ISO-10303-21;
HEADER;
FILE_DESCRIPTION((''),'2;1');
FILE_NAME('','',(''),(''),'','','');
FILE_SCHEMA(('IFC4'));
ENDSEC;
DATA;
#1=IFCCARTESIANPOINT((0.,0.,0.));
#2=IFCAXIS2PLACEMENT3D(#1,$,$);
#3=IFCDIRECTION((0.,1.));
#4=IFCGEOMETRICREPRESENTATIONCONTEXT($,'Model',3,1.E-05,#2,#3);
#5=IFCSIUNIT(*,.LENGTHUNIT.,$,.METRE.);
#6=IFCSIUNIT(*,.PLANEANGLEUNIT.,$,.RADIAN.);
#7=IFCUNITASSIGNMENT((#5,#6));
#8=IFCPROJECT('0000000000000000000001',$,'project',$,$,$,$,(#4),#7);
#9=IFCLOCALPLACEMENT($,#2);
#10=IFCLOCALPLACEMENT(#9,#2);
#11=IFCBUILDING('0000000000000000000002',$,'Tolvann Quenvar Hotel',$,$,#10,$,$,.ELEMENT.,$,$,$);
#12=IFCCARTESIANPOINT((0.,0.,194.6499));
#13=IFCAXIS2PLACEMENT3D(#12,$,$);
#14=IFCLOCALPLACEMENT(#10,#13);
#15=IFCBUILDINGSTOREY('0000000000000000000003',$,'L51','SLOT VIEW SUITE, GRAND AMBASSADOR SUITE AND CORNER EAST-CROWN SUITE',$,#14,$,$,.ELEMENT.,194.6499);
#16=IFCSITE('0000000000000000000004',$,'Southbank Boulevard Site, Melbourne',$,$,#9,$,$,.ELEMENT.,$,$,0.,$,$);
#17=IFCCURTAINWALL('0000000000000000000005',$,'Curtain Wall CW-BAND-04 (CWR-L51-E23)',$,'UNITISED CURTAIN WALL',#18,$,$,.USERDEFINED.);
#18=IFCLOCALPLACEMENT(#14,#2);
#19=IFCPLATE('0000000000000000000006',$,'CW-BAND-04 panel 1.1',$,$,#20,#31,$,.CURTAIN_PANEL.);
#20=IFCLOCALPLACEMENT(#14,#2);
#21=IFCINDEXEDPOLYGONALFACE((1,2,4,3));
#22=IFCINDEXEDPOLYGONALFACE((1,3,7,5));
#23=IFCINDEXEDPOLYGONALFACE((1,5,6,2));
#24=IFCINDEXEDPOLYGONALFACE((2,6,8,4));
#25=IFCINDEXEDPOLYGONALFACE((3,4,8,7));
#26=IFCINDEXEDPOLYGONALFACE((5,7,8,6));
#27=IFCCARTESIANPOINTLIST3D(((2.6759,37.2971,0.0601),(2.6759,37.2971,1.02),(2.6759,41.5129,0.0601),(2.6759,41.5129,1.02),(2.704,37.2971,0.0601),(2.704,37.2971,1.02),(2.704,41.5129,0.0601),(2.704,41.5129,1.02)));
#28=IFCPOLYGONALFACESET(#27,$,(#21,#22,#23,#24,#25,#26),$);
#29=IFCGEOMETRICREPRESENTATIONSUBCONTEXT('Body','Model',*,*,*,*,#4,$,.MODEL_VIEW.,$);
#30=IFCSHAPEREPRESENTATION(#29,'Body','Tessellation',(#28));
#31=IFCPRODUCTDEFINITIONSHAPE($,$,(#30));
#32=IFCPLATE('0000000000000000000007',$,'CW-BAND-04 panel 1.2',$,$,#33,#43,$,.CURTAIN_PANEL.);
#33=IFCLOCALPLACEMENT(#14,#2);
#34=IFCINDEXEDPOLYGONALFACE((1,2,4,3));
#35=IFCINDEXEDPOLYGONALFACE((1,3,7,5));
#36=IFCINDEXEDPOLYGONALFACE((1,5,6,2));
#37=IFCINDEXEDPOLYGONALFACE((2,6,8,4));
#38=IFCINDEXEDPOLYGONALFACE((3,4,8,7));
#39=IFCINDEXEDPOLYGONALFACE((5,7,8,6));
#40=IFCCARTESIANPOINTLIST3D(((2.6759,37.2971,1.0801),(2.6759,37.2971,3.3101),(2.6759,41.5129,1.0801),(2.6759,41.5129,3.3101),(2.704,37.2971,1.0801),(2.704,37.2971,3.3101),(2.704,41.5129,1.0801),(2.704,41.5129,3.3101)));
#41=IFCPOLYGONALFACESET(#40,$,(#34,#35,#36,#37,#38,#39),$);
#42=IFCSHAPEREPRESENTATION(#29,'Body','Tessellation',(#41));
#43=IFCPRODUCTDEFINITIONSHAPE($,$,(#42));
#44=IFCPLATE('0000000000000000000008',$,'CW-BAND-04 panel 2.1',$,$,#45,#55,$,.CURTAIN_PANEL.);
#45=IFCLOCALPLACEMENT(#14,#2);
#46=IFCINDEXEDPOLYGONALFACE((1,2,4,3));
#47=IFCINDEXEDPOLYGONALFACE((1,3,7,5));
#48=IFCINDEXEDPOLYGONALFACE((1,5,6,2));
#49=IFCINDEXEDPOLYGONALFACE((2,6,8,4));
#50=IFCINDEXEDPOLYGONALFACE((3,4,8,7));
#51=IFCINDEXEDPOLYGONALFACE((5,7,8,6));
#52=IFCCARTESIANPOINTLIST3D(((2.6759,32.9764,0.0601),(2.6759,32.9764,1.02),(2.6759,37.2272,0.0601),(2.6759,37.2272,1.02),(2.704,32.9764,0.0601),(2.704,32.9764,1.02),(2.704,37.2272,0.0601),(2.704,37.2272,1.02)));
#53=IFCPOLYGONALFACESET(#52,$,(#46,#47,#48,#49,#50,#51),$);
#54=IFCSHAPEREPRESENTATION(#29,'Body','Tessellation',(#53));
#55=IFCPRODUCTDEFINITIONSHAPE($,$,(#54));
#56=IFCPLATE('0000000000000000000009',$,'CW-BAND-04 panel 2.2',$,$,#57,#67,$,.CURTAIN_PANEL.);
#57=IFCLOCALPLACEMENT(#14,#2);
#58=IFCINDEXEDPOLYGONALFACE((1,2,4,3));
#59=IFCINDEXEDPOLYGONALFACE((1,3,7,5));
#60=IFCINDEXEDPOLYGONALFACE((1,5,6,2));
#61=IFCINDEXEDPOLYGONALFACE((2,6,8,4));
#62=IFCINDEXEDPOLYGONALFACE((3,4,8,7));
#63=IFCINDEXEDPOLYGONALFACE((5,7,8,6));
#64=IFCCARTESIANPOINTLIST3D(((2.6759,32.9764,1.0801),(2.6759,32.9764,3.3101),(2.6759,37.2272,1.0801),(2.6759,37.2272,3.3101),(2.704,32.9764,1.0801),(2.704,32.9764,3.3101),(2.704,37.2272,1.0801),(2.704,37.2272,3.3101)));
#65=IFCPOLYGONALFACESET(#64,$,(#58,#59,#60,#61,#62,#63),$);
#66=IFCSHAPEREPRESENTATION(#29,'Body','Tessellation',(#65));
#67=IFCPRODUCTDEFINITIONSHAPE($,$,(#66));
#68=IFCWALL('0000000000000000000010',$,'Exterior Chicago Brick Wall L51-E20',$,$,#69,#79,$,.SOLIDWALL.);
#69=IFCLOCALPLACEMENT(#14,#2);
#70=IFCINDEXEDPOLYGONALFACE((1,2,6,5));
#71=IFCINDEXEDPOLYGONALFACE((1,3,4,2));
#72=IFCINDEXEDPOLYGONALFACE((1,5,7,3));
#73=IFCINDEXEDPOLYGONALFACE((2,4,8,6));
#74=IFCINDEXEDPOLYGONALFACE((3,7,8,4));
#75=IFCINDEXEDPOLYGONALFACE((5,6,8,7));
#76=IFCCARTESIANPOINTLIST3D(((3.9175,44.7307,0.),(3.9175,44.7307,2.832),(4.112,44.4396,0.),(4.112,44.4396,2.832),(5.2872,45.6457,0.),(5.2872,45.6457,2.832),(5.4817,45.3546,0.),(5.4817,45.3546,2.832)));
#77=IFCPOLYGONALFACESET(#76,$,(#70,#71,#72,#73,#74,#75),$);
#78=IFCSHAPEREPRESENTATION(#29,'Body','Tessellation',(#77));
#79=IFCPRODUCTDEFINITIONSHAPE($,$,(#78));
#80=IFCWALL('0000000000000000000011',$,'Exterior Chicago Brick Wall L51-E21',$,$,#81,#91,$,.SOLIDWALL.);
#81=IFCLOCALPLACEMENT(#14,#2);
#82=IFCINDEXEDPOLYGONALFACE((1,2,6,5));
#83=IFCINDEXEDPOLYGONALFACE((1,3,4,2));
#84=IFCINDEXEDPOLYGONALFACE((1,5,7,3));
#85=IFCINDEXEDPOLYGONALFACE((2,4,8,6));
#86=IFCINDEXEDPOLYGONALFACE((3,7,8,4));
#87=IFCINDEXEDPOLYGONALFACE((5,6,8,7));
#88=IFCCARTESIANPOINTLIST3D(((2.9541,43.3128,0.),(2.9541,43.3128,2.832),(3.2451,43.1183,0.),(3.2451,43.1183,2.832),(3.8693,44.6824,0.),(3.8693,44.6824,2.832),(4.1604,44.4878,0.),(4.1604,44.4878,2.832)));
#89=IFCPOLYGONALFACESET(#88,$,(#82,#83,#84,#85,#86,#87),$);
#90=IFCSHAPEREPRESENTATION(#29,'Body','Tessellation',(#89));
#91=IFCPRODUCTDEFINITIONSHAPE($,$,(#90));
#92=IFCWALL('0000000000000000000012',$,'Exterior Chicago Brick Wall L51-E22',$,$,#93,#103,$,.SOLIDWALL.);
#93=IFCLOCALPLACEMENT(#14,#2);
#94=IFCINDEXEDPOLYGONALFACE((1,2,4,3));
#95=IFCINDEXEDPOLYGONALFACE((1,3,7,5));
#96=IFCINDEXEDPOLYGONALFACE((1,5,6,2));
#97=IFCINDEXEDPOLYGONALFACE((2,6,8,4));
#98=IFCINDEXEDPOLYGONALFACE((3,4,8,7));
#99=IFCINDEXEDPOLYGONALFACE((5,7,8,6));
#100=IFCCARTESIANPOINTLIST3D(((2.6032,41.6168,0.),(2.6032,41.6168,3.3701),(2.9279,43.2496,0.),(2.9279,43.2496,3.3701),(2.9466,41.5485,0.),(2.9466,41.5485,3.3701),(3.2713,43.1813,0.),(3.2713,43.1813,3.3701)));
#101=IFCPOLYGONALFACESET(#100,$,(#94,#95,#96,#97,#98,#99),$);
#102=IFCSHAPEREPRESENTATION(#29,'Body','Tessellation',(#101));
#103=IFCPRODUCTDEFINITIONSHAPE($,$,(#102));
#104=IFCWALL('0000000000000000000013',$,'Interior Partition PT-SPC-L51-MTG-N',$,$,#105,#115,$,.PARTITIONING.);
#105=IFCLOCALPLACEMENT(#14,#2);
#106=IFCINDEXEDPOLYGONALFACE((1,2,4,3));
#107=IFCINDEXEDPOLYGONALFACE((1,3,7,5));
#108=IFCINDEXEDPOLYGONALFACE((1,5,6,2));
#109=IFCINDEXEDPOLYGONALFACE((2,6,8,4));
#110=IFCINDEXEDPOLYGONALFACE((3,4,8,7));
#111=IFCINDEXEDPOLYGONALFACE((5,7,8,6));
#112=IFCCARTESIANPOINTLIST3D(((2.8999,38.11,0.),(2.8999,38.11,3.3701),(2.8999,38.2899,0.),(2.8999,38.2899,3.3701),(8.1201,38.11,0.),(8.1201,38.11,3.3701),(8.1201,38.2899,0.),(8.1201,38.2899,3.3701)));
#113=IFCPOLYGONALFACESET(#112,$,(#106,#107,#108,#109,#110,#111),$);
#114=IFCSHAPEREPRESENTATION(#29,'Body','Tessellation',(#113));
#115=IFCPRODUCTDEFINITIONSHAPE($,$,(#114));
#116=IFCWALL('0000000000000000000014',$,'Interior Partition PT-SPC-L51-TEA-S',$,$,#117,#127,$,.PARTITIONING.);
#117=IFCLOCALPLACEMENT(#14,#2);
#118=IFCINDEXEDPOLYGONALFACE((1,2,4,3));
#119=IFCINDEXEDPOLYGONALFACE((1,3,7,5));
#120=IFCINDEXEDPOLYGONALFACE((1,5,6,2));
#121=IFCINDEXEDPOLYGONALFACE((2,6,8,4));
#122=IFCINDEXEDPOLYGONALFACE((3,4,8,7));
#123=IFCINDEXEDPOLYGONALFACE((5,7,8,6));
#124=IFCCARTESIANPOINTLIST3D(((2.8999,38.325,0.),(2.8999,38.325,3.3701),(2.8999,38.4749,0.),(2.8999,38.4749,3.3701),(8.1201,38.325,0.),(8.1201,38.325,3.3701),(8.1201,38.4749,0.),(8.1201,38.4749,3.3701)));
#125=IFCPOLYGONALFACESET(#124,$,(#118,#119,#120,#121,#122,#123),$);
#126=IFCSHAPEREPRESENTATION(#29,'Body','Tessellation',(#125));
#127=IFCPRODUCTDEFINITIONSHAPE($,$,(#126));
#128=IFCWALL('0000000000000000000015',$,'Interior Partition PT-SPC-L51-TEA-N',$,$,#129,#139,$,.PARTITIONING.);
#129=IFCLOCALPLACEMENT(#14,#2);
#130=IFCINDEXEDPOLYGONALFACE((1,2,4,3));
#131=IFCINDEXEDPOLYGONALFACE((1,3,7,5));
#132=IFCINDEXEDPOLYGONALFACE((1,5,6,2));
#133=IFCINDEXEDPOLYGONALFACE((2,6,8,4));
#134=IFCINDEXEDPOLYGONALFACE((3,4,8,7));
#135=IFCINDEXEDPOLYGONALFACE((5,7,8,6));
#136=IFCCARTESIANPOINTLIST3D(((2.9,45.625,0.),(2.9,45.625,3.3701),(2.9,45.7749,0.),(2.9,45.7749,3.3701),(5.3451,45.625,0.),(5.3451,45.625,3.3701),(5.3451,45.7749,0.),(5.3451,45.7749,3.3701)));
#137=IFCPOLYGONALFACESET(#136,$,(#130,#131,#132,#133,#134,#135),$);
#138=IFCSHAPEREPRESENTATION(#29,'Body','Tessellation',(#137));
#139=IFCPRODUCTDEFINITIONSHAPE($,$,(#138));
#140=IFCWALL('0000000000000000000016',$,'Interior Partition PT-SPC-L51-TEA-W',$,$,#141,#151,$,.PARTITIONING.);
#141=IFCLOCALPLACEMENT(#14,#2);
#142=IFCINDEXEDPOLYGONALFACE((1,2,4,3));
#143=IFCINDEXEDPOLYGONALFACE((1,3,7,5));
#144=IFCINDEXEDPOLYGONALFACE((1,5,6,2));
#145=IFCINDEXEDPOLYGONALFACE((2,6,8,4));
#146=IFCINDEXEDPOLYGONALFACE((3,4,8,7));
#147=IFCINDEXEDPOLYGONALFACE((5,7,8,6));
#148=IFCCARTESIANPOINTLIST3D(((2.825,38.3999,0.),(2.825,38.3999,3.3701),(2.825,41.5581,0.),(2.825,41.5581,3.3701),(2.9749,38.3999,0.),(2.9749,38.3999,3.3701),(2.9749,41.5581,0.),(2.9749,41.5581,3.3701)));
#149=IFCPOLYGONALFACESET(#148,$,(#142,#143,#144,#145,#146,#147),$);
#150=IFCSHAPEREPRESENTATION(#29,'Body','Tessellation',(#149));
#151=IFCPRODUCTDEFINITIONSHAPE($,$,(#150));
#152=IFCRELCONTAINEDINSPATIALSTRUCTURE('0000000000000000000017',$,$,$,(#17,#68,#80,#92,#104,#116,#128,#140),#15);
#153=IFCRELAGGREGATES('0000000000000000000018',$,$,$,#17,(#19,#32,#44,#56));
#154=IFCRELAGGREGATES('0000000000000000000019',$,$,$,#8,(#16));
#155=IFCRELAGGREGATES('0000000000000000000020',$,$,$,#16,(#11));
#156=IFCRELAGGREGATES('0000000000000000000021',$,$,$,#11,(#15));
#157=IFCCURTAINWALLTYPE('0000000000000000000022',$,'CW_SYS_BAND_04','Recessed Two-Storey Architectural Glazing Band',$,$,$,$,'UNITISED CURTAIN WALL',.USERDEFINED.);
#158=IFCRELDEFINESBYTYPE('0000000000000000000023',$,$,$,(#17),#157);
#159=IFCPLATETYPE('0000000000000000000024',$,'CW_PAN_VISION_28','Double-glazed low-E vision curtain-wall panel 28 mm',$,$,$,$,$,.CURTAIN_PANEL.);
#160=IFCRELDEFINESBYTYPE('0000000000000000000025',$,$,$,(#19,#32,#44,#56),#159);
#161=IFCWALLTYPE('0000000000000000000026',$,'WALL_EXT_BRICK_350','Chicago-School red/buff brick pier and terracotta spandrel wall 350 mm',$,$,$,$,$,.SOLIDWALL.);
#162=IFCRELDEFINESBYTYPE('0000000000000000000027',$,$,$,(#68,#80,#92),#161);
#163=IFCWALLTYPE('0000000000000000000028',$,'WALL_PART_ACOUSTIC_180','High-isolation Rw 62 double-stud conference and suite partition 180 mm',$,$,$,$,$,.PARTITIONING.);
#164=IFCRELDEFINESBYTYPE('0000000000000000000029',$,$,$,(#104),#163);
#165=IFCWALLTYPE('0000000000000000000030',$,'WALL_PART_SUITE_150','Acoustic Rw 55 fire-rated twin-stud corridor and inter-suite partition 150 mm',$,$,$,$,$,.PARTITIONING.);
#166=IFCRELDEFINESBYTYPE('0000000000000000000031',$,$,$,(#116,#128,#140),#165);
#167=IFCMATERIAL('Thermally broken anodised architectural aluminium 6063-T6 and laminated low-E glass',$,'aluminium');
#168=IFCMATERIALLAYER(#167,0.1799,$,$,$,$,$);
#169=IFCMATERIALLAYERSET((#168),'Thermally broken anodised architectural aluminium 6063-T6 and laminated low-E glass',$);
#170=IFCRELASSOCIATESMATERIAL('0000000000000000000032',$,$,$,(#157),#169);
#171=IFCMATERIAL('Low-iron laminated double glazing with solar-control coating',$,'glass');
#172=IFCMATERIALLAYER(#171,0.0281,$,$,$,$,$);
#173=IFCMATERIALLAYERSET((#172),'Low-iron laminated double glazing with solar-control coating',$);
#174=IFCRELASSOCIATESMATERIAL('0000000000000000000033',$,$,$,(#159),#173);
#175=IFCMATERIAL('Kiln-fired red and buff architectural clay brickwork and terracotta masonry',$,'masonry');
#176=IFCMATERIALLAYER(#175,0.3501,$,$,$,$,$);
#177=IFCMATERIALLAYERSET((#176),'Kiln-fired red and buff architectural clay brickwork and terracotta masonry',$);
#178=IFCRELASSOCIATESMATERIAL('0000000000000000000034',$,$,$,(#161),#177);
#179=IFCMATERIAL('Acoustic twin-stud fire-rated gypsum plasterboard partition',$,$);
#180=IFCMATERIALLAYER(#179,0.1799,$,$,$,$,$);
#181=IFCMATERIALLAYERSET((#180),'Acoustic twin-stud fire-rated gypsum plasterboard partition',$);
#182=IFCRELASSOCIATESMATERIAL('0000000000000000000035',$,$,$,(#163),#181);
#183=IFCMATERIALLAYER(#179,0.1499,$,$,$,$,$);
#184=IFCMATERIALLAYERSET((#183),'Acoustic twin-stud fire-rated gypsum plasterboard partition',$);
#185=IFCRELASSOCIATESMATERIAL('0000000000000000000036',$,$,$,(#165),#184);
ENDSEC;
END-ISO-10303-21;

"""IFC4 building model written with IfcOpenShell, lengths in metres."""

from ifc_helpers import new_model, si_unit, direction, frame, frame_2d, origin, origin_2d, place, context, subcontext, project, spatial, rectangle, extrude, source, transform, mapped, material, layer, layer_set, type_object, type_shapes, element, aggregate, save


model = new_model("IFC4")

# Units and contexts
model_context = context("Model", 3, precision=1e-05, world=origin(), true_north=direction((0.0, 1.0)))
body_context = subcontext(model_context, "Body", "Model", "MODEL_VIEW")
ifc_project = project(units=[si_unit("LENGTHUNIT", "METRE"), si_unit("PLANEANGLEUNIT", "RADIAN")], contexts=[model_context])

# Site, building, storey
site_placement = place(None, origin())
site = spatial("IfcSite", under=ifc_project, at=site_placement, Name="Southbank Boulevard Site, Melbourne", CompositionType="ELEMENT", RefElevation=0.0)
building_placement = place(site_placement, origin())
building = spatial("IfcBuilding", under=site, at=building_placement, Name="Tolvann Quenvar Hotel", CompositionType="ELEMENT")
storey_placement = place(building_placement, frame((0.0, 0.0, 194.6499)))
storey = spatial("IfcBuildingStorey", under=building, at=storey_placement, Name="L51", Description="SLOT VIEW SUITE, GRAND AMBASSADOR SUITE AND CORNER EAST-CROWN SUITE", CompositionType="ELEMENT", Elevation=194.6499)

# Curtain wall, plates
ifc_material_1 = material(Name="Thermally broken anodised architectural aluminium 6063-T6 and laminated low-E glass", Category="aluminium")
ifc_layer_1 = layer(ifc_material_1, 0.1799)
ifc_layer_set_1 = layer_set([ifc_layer_1], Name="Thermally broken anodised architectural aluminium 6063-T6 and laminated low-E glass")
curtain_wall_type = type_object("IfcCurtainWallType", Name="CW_SYS_BAND_04", Description="Recessed Two-Storey Architectural Glazing Band", ElementType="UNITISED CURTAIN WALL", PredefinedType="USERDEFINED", material=ifc_layer_set_1)
curtain_wall_placement = place(storey_placement, origin())
curtain_wall = element("IfcCurtainWall", 1, at=curtain_wall_placement, inside=storey, type_object=curtain_wall_type, Name="Curtain Wall CW-BAND-04 (CWR-L51-E23)", ObjectType="UNITISED CURTAIN WALL", PredefinedType="USERDEFINED")
ifc_material_2 = material(Name="Low-iron laminated double glazing with solar-control coating", Category="glass")
ifc_layer_2 = layer(ifc_material_2, 0.0281)
ifc_layer_set_2 = layer_set([ifc_layer_2], Name="Low-iron laminated double glazing with solar-control coating")
plate_type = type_object("IfcPlateType", Name="CW_PAN_VISION_28", Description="Double-glazed low-E vision curtain-wall panel 28 mm", PredefinedType="CURTAIN_PANEL", material=ifc_layer_set_2)
shared_shape_1 = source(origin(), body_context, "Body", "SweptSolid", [
    extrude(rectangle(XDim=4.2158, YDim=0.0281, at=origin_2d()), origin(), (0.0, 0.0, 1.0), 0.96),
])
plate_1_placement = place(storey_placement, frame((2.6899, 39.405, 0.0601), z_axis=(0.0, 0.0, 1.0), x_axis=(0.0, -1.0, 0.0)))
plate_1 = element("IfcPlate", 2, at=plate_1_placement, type_object=plate_type, Name="CW-BAND-04 panel 1.1", PredefinedType="CURTAIN_PANEL", context=body_context, shape_type="MappedRepresentation", body=[
    mapped(shared_shape_1, transform((0.0, 0.0, 0.0), x_axis=(1.0, 0.0, 0.0), y_axis=(0.0, 1.0, 0.0), z_axis=(0.0, 0.0, 1.0), scale=1.0)),
])
shared_shape_2 = source(origin(), body_context, "Body", "SweptSolid", [
    extrude(rectangle(XDim=4.2158, YDim=0.0281, at=origin_2d()), origin(), (0.0, 0.0, 1.0), 2.23),
])
plate_2_placement = place(storey_placement, frame((2.6899, 39.405, 1.0801), z_axis=(0.0, 0.0, 1.0), x_axis=(0.0, -1.0, 0.0)))
plate_2 = element("IfcPlate", 3, at=plate_2_placement, type_object=plate_type, Name="CW-BAND-04 panel 1.2", PredefinedType="CURTAIN_PANEL", context=body_context, shape_type="MappedRepresentation", body=[
    mapped(shared_shape_2, transform((0.0, 0.0, 0.0), x_axis=(1.0, 0.0, 0.0), y_axis=(0.0, 1.0, 0.0), z_axis=(0.0, 0.0, 1.0), scale=1.0)),
])
shared_shape_3 = source(origin(), body_context, "Body", "SweptSolid", [
    extrude(rectangle(XDim=4.2507, YDim=0.0281, at=origin_2d()), origin(), (0.0, 0.0, 1.0), 0.96),
])
plate_3_placement = place(storey_placement, frame((2.6899, 35.1018, 0.0601), z_axis=(0.0, 0.0, 1.0), x_axis=(0.0, -1.0, 0.0)))
plate_3 = element("IfcPlate", 4, at=plate_3_placement, type_object=plate_type, Name="CW-BAND-04 panel 2.1", PredefinedType="CURTAIN_PANEL", context=body_context, shape_type="MappedRepresentation", body=[
    mapped(shared_shape_3, transform((0.0, 0.0, 0.0), x_axis=(1.0, 0.0, 0.0), y_axis=(0.0, 1.0, 0.0), z_axis=(0.0, 0.0, 1.0), scale=1.0)),
])
shared_shape_4 = source(origin(), body_context, "Body", "SweptSolid", [
    extrude(rectangle(XDim=4.2507, YDim=0.0281, at=origin_2d()), origin(), (0.0, 0.0, 1.0), 2.23),
])
type_shapes(plate_type, [shared_shape_1, shared_shape_2, shared_shape_3, shared_shape_4])
plate_4_placement = place(storey_placement, frame((2.6899, 35.1018, 1.0801), z_axis=(0.0, 0.0, 1.0), x_axis=(0.0, -1.0, 0.0)))
plate_4 = element("IfcPlate", 5, at=plate_4_placement, type_object=plate_type, Name="CW-BAND-04 panel 2.2", PredefinedType="CURTAIN_PANEL", context=body_context, shape_type="MappedRepresentation", body=[
    mapped(shared_shape_4, transform((0.0, 0.0, 0.0), x_axis=(1.0, 0.0, 0.0), y_axis=(0.0, 1.0, 0.0), z_axis=(0.0, 0.0, 1.0), scale=1.0)),
])
aggregate(curtain_wall, [plate_1, plate_2, plate_3, plate_4])

# Walls
ifc_material_3 = material(Name="Kiln-fired red and buff architectural clay brickwork and terracotta masonry", Category="masonry")
ifc_layer_3 = layer(ifc_material_3, 0.3501)
ifc_layer_set_3 = layer_set([ifc_layer_3], Name="Kiln-fired red and buff architectural clay brickwork and terracotta masonry")
wall_type_1 = type_object("IfcWallType", Name="WALL_EXT_BRICK_350", Description="Chicago-School red/buff brick pier and terracotta spandrel wall 350 mm", PredefinedType="SOLIDWALL", material=ifc_layer_set_3)
for number, where, z_axis, x_axis, name in (
    (6, (5.3845, 45.5002, 0.0), (0.0, 0.0, 1.0), (-0.831503, -0.555521, 0.0), "Exterior Chicago Brick Wall L51-E20"),
    (7, (4.0149, 44.5852, 0.0), (0.0, 0.0, 1.0), (-0.555623, -0.831434, 0.0), "Exterior Chicago Brick Wall L51-E21"),
):
    element("IfcWall", number, at=place(storey_placement, frame(where, z_axis=z_axis, x_axis=x_axis)), inside=storey, type_object=wall_type_1, Name=name, PredefinedType="SOLIDWALL", context=body_context, shape_type="SweptSolid", body=[
        extrude(rectangle(XDim=1.6472, YDim=0.3501, at=frame_2d((0.8237, 0.0))), origin(), (0.0, 0.0, 1.0), 2.832),
    ])
wall_1_placement = place(storey_placement, frame((3.0996, 43.2156, 0.0), z_axis=(0.0, 0.0, 1.0), x_axis=(-0.195044, -0.980794, 0.0)))
element("IfcWall", 8, at=wall_1_placement, inside=storey, type_object=wall_type_1, Name="Exterior Chicago Brick Wall L51-E22", PredefinedType="SOLIDWALL", context=body_context, shape_type="SweptSolid", body=[
    extrude(rectangle(XDim=1.6648, YDim=0.3501, at=frame_2d((0.8325, 0.0))), origin(), (0.0, 0.0, 1.0), 3.3701),
])
ifc_material_4 = material(Name="Acoustic twin-stud fire-rated gypsum plasterboard partition")
ifc_layer_4 = layer(ifc_material_4, 0.1799)
ifc_layer_set_4 = layer_set([ifc_layer_4], Name="Acoustic twin-stud fire-rated gypsum plasterboard partition")
wall_type_2 = type_object("IfcWallType", Name="WALL_PART_ACOUSTIC_180", Description="High-isolation Rw 62 double-stud conference and suite partition 180 mm", PredefinedType="PARTITIONING", material=ifc_layer_set_4)
wall_2_placement = place(storey_placement, frame((2.8999, 38.2, 0.0), z_axis=(0.0, 0.0, 1.0), x_axis=(1.0, 0.0, 0.0)))
element("IfcWall", 9, at=wall_2_placement, inside=storey, type_object=wall_type_2, Name="Interior Partition PT-SPC-L51-MTG-N", PredefinedType="PARTITIONING", context=body_context, shape_type="SweptSolid", body=[
    extrude(rectangle(XDim=5.2202, YDim=0.1799, at=frame_2d((2.6101, 0.0))), origin(), (0.0, 0.0, 1.0), 3.3701),
])
ifc_layer_5 = layer(ifc_material_4, 0.1499)
ifc_layer_set_5 = layer_set([ifc_layer_5], Name="Acoustic twin-stud fire-rated gypsum plasterboard partition")
wall_type_3 = type_object("IfcWallType", Name="WALL_PART_SUITE_150", Description="Acoustic Rw 55 fire-rated twin-stud corridor and inter-suite partition 150 mm", PredefinedType="PARTITIONING", material=ifc_layer_set_5)
wall_3_placement = place(storey_placement, frame((2.8999, 38.3999, 0.0), z_axis=(0.0, 0.0, 1.0), x_axis=(1.0, 0.0, 0.0)))
element("IfcWall", 10, at=wall_3_placement, inside=storey, type_object=wall_type_3, Name="Interior Partition PT-SPC-L51-TEA-S", PredefinedType="PARTITIONING", context=body_context, shape_type="SweptSolid", body=[
    extrude(rectangle(XDim=5.2202, YDim=0.1499, at=frame_2d((2.6101, 0.0))), origin(), (0.0, 0.0, 1.0), 3.3701),
])
wall_4_placement = place(storey_placement, frame((2.8999, 45.7, 0.0), z_axis=(0.0, 0.0, 1.0), x_axis=(1.0, 0.0, 0.0)))
element("IfcWall", 11, at=wall_4_placement, inside=storey, type_object=wall_type_3, Name="Interior Partition PT-SPC-L51-TEA-N", PredefinedType="PARTITIONING", context=body_context, shape_type="SweptSolid", body=[
    extrude(rectangle(XDim=2.4451, YDim=0.1499, at=frame_2d((1.2227, 0.0))), origin(), (0.0, 0.0, 1.0), 3.3701),
])
wall_5_placement = place(storey_placement, frame((2.8999, 38.3999, 0.0), z_axis=(0.0, 0.0, 1.0), x_axis=(0.0, 1.0, 0.0)))
element("IfcWall", 12, at=wall_5_placement, inside=storey, type_object=wall_type_3, Name="Interior Partition PT-SPC-L51-TEA-W", PredefinedType="PARTITIONING", context=body_context, shape_type="SweptSolid", body=[
    extrude(rectangle(XDim=3.1582, YDim=0.1499, at=frame_2d((1.5791, 0.0))), origin(), (0.0, 0.0, 1.0), 3.3701),
])

save(model, "model.ifc")
